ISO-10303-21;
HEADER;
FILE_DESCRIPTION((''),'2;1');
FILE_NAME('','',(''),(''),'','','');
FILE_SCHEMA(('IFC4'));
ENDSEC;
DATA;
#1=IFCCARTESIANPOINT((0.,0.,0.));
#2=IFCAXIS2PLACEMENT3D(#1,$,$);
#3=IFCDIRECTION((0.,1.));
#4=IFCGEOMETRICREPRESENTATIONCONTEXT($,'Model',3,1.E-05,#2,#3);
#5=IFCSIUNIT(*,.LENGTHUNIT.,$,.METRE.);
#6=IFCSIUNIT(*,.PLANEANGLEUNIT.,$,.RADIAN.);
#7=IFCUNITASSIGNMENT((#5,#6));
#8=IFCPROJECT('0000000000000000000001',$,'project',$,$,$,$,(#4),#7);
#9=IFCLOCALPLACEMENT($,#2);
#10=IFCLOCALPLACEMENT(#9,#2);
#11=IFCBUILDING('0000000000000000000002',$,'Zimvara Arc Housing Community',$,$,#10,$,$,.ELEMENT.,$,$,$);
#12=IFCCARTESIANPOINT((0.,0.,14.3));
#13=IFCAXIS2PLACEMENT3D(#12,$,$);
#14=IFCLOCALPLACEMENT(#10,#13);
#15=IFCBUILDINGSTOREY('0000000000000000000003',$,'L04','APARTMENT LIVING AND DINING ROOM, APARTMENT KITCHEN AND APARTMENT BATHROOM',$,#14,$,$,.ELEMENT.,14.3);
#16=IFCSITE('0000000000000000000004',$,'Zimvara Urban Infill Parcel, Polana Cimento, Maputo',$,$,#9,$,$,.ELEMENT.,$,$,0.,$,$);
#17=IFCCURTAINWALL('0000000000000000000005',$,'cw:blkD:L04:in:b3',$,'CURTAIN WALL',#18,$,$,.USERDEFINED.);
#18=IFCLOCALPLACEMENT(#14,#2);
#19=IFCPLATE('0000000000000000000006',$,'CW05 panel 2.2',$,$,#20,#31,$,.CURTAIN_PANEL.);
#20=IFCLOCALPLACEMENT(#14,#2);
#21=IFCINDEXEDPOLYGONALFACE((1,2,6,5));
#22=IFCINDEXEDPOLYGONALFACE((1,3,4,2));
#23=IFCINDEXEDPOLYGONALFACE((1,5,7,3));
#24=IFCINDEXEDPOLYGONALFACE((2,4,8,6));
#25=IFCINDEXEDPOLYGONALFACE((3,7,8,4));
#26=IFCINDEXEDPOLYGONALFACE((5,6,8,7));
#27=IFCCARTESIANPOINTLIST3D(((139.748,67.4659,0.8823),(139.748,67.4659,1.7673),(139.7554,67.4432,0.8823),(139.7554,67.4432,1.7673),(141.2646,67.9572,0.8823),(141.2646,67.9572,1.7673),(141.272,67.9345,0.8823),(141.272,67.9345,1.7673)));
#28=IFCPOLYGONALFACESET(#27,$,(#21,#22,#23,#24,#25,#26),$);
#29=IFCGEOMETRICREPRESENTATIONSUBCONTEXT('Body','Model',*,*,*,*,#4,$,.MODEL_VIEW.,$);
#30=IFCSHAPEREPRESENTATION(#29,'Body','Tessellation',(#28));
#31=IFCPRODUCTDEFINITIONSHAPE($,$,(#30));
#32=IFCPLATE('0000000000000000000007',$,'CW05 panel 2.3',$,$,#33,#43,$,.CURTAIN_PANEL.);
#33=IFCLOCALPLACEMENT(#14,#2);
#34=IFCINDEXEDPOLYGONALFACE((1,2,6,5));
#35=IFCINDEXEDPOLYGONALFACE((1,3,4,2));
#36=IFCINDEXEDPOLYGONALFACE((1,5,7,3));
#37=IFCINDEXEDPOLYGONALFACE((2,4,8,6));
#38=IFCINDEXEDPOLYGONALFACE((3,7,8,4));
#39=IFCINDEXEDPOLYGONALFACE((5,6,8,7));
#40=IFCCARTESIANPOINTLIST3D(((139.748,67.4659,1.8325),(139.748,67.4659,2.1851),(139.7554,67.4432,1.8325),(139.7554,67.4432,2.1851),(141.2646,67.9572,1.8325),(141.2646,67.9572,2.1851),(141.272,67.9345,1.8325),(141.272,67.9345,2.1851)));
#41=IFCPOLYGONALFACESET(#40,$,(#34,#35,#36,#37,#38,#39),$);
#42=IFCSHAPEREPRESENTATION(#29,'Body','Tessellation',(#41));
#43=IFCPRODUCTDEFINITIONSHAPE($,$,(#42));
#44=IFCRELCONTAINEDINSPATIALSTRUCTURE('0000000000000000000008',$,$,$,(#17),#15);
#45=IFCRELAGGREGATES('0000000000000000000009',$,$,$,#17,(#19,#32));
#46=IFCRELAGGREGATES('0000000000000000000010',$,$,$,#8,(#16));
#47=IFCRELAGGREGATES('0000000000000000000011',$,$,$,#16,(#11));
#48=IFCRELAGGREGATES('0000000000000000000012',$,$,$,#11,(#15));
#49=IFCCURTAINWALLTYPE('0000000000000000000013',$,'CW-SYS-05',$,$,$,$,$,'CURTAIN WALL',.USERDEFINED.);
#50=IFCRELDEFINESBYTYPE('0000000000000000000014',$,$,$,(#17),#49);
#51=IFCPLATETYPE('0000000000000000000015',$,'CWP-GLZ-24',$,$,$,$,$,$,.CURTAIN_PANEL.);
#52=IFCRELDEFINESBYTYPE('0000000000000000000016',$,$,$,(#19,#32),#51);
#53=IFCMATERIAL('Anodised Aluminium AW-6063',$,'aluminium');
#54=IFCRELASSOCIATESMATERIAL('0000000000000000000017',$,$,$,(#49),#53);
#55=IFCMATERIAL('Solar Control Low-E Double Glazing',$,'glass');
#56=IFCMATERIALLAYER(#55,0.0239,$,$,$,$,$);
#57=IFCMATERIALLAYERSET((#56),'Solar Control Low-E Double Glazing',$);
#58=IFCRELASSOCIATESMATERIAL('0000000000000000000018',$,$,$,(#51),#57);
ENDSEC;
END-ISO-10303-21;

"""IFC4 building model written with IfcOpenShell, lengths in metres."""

from ifc_helpers import new_model, si_unit, direction, frame, origin, origin_2d, place, context, subcontext, project, spatial, rectangle, extrude, material, layer, layer_set, type_object, element, aggregate, save


model = new_model("IFC4")

# Units and contexts
model_context = context("Model", 3, precision=1e-05, world=origin(), true_north=direction((0.0, 1.0)))
body_context = subcontext(model_context, "Body", "Model", "MODEL_VIEW")
ifc_project = project(units=[si_unit("LENGTHUNIT", "METRE"), si_unit("PLANEANGLEUNIT", "RADIAN")], contexts=[model_context])

# Site, building, storey
site_placement = place(None, origin())
site = spatial("IfcSite", under=ifc_project, at=site_placement, Name="Zimvara Urban Infill Parcel, Polana Cimento, Maputo", CompositionType="ELEMENT", RefElevation=0.0)
building_placement = place(site_placement, origin())
building = spatial("IfcBuilding", under=site, at=building_placement, Name="Zimvara Arc Housing Community", CompositionType="ELEMENT")
storey_placement = place(building_placement, frame((0.0, 0.0, 14.3)))
storey = spatial("IfcBuildingStorey", under=building, at=storey_placement, Name="L04", Description="APARTMENT LIVING AND DINING ROOM, APARTMENT KITCHEN AND APARTMENT BATHROOM", CompositionType="ELEMENT", Elevation=14.3)

# Curtain wall
ifc_material_1 = material(Name="Anodised Aluminium AW-6063", Category="aluminium")
curtain_wall_type_1 = type_object("IfcCurtainWallType", Name="CW-SYS-05", ElementType="CURTAIN WALL", PredefinedType="USERDEFINED", material=ifc_material_1)
curtain_wall_1_placement = place(storey_placement, origin())
curtain_wall_1 = element("IfcCurtainWall", 1, at=curtain_wall_1_placement, inside=storey, type_object=curtain_wall_type_1, Name="cw:blkD:L04:in:b3", ObjectType="CURTAIN WALL", PredefinedType="USERDEFINED")

# Plates
ifc_material_2 = material(Name="Solar Control Low-E Double Glazing", Category="glass")
ifc_layer = layer(ifc_material_2, 0.0239)
ifc_layer_set = layer_set([ifc_layer], Name="Solar Control Low-E Double Glazing")
plate_type = type_object("IfcPlateType", Name="CWP-GLZ-24", PredefinedType="CURTAIN_PANEL", material=ifc_layer_set)
plate_1_placement = place(storey_placement, frame((140.51, 67.7002, 0.8823), z_axis=(0.0, 0.0, 1.0), x_axis=(0.951326, 0.308185, 0.0)))
plate_1 = element("IfcPlate", 2, at=plate_1_placement, type_object=plate_type, Name="CW05 panel 2.2", PredefinedType="CURTAIN_PANEL", context=body_context, shape_type="SweptSolid", body=[
    extrude(rectangle(XDim=1.5942, YDim=0.0239, at=origin_2d()), origin(), (0.0, 0.0, 1.0), 0.885),
])
plate_2_placement = place(storey_placement, frame((140.51, 67.7002, 1.8325), z_axis=(0.0, 0.0, 1.0), x_axis=(0.951326, 0.308185, 0.0)))
plate_2 = element("IfcPlate", 3, at=plate_2_placement, type_object=plate_type, Name="CW05 panel 2.3", PredefinedType="CURTAIN_PANEL", context=body_context, shape_type="SweptSolid", body=[
    extrude(rectangle(XDim=1.5942, YDim=0.0239, at=origin_2d()), origin(), (0.0, 0.0, 1.0), 0.3525),
])
aggregate(curtain_wall_1, [plate_1, plate_2])

save(model, "model.ifc")
